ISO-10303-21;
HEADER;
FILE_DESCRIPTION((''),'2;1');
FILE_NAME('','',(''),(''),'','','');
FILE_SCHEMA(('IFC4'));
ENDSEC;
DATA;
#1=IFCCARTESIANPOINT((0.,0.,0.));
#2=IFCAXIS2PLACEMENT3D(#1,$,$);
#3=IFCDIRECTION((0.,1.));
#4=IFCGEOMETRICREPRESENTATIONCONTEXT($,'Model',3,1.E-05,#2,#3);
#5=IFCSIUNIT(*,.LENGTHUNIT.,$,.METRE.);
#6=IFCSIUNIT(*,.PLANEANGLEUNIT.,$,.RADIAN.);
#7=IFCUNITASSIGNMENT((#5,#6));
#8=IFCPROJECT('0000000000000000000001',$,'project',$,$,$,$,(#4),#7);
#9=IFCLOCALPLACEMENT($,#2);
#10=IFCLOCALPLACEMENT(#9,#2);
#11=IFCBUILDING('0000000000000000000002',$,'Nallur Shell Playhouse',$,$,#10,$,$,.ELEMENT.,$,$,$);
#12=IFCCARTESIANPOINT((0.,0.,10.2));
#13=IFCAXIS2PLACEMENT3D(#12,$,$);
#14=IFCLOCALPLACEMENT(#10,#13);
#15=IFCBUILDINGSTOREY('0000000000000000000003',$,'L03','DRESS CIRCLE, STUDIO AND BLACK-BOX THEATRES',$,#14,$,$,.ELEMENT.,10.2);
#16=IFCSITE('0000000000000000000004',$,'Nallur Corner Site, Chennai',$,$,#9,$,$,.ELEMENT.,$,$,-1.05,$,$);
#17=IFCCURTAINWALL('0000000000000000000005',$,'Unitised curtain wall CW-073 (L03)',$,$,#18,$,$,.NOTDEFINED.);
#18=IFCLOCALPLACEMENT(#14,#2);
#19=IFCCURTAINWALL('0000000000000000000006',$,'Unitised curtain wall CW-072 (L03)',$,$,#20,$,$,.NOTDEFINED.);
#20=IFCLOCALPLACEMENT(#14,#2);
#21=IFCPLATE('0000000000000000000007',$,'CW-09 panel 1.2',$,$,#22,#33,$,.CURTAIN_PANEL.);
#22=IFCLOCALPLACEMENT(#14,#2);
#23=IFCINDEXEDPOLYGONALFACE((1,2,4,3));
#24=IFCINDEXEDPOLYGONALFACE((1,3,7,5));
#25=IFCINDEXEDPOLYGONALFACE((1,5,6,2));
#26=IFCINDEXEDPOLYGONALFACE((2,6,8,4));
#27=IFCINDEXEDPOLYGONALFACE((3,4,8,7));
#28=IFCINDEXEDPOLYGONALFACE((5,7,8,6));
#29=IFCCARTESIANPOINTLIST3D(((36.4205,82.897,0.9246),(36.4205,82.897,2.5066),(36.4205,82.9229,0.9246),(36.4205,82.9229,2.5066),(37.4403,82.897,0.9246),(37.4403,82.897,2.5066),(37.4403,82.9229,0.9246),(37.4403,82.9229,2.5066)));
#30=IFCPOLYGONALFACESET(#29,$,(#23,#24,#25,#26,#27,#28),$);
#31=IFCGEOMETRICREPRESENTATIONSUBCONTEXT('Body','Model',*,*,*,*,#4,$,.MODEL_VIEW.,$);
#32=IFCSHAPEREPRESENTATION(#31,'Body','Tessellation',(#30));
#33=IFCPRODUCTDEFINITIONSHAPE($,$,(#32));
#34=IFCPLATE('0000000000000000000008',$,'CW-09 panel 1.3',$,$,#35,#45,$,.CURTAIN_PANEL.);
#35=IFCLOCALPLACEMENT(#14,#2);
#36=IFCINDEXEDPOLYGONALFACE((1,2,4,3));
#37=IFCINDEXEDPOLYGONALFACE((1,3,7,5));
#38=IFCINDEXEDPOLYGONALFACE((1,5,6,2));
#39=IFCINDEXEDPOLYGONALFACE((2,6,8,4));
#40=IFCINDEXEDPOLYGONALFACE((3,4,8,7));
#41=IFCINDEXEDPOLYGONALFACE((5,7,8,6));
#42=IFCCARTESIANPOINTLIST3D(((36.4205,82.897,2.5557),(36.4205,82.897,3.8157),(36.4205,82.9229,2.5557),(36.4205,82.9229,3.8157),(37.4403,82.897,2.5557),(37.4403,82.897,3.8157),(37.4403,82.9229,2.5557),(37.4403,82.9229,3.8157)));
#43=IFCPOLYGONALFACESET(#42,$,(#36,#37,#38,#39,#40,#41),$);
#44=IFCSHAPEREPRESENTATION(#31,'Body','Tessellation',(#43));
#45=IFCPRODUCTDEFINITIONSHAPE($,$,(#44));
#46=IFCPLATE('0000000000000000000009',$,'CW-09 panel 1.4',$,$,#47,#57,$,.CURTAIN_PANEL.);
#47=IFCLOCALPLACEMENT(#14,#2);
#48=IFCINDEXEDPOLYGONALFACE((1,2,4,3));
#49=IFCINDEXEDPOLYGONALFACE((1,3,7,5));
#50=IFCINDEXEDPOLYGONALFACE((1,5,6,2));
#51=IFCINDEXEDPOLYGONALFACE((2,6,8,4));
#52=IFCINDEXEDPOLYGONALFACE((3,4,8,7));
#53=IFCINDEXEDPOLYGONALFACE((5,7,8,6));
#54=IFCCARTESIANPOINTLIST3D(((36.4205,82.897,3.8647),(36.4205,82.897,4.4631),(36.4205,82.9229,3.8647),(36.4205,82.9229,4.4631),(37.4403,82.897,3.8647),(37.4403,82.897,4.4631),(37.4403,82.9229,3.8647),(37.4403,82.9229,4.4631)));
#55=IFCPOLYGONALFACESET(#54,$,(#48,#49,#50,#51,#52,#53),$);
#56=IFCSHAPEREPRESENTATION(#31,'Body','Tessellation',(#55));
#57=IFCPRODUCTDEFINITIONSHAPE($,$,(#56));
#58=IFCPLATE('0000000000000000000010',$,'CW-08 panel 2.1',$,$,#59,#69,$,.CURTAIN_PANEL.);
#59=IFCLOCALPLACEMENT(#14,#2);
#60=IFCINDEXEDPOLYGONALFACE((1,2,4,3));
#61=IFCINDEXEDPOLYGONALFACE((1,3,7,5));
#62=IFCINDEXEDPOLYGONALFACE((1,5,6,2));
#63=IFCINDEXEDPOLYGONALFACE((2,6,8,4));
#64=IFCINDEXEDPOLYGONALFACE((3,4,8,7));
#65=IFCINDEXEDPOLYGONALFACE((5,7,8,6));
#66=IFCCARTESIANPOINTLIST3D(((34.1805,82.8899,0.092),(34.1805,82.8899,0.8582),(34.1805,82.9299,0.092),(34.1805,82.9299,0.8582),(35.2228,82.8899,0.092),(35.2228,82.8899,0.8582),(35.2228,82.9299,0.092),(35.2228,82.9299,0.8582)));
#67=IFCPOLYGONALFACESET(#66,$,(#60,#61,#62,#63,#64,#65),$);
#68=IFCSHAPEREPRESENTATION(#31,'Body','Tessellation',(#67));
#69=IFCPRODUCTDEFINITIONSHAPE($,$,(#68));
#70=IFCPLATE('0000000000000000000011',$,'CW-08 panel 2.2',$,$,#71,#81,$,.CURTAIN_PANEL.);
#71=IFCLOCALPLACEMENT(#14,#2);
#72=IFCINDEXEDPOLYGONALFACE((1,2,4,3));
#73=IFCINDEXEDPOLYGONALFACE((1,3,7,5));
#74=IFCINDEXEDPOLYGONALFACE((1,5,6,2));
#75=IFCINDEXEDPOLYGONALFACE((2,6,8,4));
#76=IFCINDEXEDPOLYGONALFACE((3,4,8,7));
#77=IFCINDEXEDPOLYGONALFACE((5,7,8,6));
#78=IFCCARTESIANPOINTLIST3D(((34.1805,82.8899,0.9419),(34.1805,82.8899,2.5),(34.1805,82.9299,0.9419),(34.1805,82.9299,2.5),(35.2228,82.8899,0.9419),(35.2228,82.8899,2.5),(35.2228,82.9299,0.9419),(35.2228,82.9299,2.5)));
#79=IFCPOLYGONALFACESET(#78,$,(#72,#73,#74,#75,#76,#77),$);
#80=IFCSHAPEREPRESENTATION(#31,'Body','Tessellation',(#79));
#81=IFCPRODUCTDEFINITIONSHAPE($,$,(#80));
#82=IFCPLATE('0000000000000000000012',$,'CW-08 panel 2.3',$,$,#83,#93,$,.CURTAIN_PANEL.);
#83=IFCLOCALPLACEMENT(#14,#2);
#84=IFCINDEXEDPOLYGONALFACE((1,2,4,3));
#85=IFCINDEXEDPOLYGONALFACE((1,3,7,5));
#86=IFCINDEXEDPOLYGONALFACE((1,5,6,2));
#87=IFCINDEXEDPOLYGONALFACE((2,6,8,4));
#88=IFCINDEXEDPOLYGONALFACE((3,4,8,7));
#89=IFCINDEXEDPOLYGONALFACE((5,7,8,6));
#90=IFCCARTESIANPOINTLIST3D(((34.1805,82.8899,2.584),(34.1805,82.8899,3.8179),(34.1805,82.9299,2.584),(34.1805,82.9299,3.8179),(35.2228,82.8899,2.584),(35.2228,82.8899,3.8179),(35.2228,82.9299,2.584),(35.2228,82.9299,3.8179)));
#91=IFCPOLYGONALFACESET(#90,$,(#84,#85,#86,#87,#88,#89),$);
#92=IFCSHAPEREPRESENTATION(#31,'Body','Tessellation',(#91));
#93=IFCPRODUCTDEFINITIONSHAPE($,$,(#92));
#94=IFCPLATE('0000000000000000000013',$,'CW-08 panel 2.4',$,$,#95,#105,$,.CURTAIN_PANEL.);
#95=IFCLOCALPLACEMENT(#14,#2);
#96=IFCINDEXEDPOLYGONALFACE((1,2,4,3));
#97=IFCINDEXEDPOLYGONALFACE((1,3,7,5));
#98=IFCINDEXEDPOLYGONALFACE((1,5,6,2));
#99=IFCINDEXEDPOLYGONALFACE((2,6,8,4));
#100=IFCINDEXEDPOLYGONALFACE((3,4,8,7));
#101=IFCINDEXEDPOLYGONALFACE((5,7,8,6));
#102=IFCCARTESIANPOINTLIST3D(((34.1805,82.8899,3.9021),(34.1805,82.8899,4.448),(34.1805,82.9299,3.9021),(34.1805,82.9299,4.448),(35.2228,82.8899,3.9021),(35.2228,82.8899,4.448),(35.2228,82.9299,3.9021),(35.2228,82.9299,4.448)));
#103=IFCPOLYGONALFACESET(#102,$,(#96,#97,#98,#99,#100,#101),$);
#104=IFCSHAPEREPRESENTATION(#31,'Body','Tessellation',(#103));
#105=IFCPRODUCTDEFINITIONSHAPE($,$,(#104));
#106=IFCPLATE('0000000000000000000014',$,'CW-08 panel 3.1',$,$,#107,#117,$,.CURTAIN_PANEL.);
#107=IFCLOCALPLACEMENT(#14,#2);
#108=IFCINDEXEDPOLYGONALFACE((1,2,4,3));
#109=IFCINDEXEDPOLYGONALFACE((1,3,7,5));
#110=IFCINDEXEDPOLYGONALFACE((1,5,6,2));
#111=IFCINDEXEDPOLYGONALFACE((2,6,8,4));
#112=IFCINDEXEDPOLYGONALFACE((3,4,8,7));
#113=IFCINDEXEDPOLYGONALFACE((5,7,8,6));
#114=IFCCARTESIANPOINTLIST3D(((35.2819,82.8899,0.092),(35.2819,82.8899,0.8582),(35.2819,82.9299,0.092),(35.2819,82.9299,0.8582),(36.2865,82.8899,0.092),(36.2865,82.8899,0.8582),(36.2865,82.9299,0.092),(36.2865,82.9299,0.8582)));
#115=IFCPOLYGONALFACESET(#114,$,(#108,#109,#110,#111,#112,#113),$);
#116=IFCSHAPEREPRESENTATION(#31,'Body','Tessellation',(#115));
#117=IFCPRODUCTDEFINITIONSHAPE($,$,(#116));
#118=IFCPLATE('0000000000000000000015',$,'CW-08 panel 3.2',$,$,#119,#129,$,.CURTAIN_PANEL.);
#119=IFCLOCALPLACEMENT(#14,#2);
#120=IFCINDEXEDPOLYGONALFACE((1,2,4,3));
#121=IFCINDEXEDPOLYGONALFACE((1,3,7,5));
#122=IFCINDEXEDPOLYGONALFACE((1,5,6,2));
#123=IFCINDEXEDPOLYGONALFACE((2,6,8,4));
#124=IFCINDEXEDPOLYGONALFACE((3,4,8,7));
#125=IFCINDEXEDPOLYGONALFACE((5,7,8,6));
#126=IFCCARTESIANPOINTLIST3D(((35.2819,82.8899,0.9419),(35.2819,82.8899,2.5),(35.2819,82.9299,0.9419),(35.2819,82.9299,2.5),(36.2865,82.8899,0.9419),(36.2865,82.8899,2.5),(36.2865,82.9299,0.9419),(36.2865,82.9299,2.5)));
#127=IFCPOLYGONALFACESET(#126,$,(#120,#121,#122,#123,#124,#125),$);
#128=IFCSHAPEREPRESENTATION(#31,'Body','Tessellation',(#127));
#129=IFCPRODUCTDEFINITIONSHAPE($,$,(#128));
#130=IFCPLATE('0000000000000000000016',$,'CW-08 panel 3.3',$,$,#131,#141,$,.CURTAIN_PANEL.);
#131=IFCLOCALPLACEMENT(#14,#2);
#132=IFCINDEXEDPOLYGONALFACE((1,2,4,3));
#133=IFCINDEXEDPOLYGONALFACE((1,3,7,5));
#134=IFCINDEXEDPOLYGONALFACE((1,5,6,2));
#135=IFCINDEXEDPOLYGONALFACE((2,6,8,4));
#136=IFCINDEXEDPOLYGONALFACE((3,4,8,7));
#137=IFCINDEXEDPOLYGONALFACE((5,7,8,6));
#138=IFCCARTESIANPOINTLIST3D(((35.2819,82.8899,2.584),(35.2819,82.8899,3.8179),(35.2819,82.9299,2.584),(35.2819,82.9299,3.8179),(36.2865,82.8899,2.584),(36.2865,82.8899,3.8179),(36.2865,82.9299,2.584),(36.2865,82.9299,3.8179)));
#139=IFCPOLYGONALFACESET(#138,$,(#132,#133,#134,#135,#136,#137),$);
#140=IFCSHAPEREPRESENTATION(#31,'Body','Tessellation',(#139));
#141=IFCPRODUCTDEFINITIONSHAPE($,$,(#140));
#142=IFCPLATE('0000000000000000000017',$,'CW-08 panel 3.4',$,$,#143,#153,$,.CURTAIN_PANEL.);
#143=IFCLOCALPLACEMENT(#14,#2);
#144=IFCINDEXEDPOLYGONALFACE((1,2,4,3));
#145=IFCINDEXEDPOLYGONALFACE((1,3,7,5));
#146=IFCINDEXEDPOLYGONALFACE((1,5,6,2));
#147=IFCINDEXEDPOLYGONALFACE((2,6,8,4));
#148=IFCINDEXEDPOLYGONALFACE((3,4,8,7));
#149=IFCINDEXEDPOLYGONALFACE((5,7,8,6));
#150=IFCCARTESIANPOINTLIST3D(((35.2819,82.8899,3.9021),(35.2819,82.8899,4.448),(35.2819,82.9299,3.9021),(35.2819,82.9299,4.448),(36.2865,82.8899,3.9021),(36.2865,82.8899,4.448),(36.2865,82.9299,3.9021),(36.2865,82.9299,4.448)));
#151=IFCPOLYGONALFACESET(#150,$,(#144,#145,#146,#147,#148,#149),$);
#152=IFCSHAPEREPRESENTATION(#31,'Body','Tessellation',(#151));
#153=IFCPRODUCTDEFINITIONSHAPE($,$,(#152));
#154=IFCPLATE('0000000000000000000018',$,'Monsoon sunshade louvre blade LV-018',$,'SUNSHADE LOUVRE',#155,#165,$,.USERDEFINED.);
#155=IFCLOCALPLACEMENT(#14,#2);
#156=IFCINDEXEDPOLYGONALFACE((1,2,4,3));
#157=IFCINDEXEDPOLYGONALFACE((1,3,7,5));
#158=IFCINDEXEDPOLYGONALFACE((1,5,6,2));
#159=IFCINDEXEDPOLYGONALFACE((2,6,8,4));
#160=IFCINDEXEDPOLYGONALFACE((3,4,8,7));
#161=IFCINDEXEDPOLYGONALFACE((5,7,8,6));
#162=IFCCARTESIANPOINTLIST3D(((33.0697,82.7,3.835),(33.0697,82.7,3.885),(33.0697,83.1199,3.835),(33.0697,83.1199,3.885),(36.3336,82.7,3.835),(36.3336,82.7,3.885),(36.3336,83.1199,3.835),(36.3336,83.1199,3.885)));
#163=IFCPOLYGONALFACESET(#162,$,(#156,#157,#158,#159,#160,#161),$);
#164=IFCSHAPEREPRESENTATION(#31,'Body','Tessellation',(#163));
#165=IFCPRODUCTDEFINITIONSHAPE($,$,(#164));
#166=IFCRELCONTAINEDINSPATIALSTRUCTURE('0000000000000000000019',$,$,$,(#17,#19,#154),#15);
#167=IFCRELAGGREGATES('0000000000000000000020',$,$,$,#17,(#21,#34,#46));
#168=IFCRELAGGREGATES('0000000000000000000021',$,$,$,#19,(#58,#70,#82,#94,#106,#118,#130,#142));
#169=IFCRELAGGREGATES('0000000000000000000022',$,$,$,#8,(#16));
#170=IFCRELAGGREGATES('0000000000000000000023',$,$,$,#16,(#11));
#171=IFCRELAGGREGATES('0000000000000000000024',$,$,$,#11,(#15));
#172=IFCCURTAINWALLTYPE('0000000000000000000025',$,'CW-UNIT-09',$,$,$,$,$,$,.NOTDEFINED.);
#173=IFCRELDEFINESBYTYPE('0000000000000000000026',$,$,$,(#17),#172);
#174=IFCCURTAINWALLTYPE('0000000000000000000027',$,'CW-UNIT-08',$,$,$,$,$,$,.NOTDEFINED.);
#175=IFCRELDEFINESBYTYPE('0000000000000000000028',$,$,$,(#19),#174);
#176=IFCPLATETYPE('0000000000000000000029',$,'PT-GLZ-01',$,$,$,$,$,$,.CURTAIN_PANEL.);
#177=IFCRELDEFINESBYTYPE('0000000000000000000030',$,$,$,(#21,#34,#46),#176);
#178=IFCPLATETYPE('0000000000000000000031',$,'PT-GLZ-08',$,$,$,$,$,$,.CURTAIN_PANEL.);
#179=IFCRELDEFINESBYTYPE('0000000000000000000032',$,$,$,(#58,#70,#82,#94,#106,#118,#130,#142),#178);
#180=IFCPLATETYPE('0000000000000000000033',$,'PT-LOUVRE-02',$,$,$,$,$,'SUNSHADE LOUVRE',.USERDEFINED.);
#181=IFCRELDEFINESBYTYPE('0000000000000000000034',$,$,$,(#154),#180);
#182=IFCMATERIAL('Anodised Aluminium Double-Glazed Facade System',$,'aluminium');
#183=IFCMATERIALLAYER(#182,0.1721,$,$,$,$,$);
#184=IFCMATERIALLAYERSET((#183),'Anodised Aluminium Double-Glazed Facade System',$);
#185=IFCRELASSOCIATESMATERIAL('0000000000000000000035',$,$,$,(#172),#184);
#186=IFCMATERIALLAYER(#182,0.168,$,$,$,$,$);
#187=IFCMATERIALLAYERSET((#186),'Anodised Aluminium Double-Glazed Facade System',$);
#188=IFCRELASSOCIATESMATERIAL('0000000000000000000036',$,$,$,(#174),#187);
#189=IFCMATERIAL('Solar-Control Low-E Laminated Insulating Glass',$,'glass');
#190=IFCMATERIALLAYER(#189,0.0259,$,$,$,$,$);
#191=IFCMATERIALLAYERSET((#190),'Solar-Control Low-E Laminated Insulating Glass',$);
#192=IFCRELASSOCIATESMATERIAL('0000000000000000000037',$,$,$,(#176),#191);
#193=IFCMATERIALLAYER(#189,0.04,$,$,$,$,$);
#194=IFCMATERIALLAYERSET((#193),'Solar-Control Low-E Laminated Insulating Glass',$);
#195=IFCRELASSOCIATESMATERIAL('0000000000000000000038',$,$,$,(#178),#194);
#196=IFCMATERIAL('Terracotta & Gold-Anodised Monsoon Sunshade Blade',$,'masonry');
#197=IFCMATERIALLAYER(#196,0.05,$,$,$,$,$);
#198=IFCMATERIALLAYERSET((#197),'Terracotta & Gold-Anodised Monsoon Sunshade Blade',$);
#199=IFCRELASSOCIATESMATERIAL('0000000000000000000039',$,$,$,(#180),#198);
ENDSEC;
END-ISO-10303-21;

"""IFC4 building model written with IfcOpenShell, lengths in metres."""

from ifc_helpers import new_model, si_unit, direction, frame, origin, origin_2d, place, context, subcontext, project, spatial, rectangle, extrude, material, layer, layer_set, type_object, element, aggregate, save


model = new_model("IFC4")

# Units and contexts
model_context = context("Model", 3, precision=1e-05, world=origin(), true_north=direction((0.0, 1.0)))
body_context = subcontext(model_context, "Body", "Model", "MODEL_VIEW")
ifc_project = project(units=[si_unit("LENGTHUNIT", "METRE"), si_unit("PLANEANGLEUNIT", "RADIAN")], contexts=[model_context])

# Site, building, storey
site_placement = place(None, origin())
site = spatial("IfcSite", under=ifc_project, at=site_placement, Name="Nallur Corner Site, Chennai", CompositionType="ELEMENT", RefElevation=-1.05)
building_placement = place(site_placement, origin())
building = spatial("IfcBuilding", under=site, at=building_placement, Name="Nallur Shell Playhouse", CompositionType="ELEMENT")
storey_placement = place(building_placement, frame((0.0, 0.0, 10.2)))
storey = spatial("IfcBuildingStorey", under=building, at=storey_placement, Name="L03", Description="DRESS CIRCLE, STUDIO AND BLACK-BOX THEATRES", CompositionType="ELEMENT", Elevation=10.2)

# Curtain wall
ifc_material_1 = material(Name="Anodised Aluminium Double-Glazed Facade System", Category="aluminium")
ifc_layer_1 = layer(ifc_material_1, 0.1721)
ifc_layer_set_1 = layer_set([ifc_layer_1], Name="Anodised Aluminium Double-Glazed Facade System")
curtain_wall_type_1 = type_object("IfcCurtainWallType", Name="CW-UNIT-09", PredefinedType="NOTDEFINED", material=ifc_layer_set_1)
curtain_wall_1_placement = place(storey_placement, origin())
curtain_wall_1 = element("IfcCurtainWall", 1, at=curtain_wall_1_placement, inside=storey, type_object=curtain_wall_type_1, Name="Unitised curtain wall CW-073 (L03)", PredefinedType="NOTDEFINED")

# Curtain wall
ifc_layer_2 = layer(ifc_material_1, 0.168)
ifc_layer_set_2 = layer_set([ifc_layer_2], Name="Anodised Aluminium Double-Glazed Facade System")
curtain_wall_type_2 = type_object("IfcCurtainWallType", Name="CW-UNIT-08", PredefinedType="NOTDEFINED", material=ifc_layer_set_2)
curtain_wall_2_placement = place(storey_placement, origin())
curtain_wall_2 = element("IfcCurtainWall", 2, at=curtain_wall_2_placement, inside=storey, type_object=curtain_wall_type_2, Name="Unitised curtain wall CW-072 (L03)", PredefinedType="NOTDEFINED")

# Plates
ifc_material_2 = material(Name="Solar-Control Low-E Laminated Insulating Glass", Category="glass")
ifc_layer_3 = layer(ifc_material_2, 0.0259)
ifc_layer_set_3 = layer_set([ifc_layer_3], Name="Solar-Control Low-E Laminated Insulating Glass")
plate_type_1 = type_object("IfcPlateType", Name="PT-GLZ-01", PredefinedType="CURTAIN_PANEL", material=ifc_layer_set_3)
plate_1_placement = place(storey_placement, frame((36.9304, 82.9099, 0.9246), z_axis=(0.0, 0.0, 1.0), x_axis=(1.0, 0.0, 0.0)))
plate_1 = element("IfcPlate", 3, at=plate_1_placement, type_object=plate_type_1, Name="CW-09 panel 1.2", PredefinedType="CURTAIN_PANEL", context=body_context, shape_type="SweptSolid", body=[
    extrude(rectangle(XDim=1.0198, YDim=0.0259, at=origin_2d()), origin(), (0.0, 0.0, 1.0), 1.582),
])
plate_2_placement = place(storey_placement, frame((36.9304, 82.9099, 2.5557), z_axis=(0.0, 0.0, 1.0), x_axis=(1.0, 0.0, 0.0)))
plate_2 = element("IfcPlate", 4, at=plate_2_placement, type_object=plate_type_1, Name="CW-09 panel 1.3", PredefinedType="CURTAIN_PANEL", context=body_context, shape_type="SweptSolid", body=[
    extrude(rectangle(XDim=1.0198, YDim=0.0259, at=origin_2d()), origin(), (0.0, 0.0, 1.0), 1.26),
])
plate_3_placement = place(storey_placement, frame((36.9304, 82.9099, 3.8647), z_axis=(0.0, 0.0, 1.0), x_axis=(1.0, 0.0, 0.0)))
plate_3 = element("IfcPlate", 5, at=plate_3_placement, type_object=plate_type_1, Name="CW-09 panel 1.4", PredefinedType="CURTAIN_PANEL", context=body_context, shape_type="SweptSolid", body=[
    extrude(rectangle(XDim=1.0198, YDim=0.0259, at=origin_2d()), origin(), (0.0, 0.0, 1.0), 0.5984),
])
aggregate(curtain_wall_1, [plate_1, plate_2, plate_3])
ifc_layer_4 = layer(ifc_material_2, 0.04)
ifc_layer_set_4 = layer_set([ifc_layer_4], Name="Solar-Control Low-E Laminated Insulating Glass")
plate_type_2 = type_object("IfcPlateType", Name="PT-GLZ-08", PredefinedType="CURTAIN_PANEL", material=ifc_layer_set_4)
plate_4_placement = place(storey_placement, frame((34.7017, 82.9099, 0.092), z_axis=(0.0, 0.0, 1.0), x_axis=(1.0, 0.0, 0.0)))
plate_4 = element("IfcPlate", 6, at=plate_4_placement, type_object=plate_type_2, Name="CW-08 panel 2.1", PredefinedType="CURTAIN_PANEL", context=body_context, shape_type="SweptSolid", body=[
    extrude(rectangle(XDim=1.0422, YDim=0.04, at=origin_2d()), origin(), (0.0, 0.0, 1.0), 0.7661),
])
plate_5_placement = place(storey_placement, frame((34.7017, 82.9099, 0.9419), z_axis=(0.0, 0.0, 1.0), x_axis=(1.0, 0.0, 0.0)))
plate_5 = element("IfcPlate", 7, at=plate_5_placement, type_object=plate_type_2, Name="CW-08 panel 2.2", PredefinedType="CURTAIN_PANEL", context=body_context, shape_type="SweptSolid", body=[
    extrude(rectangle(XDim=1.0422, YDim=0.04, at=origin_2d()), origin(), (0.0, 0.0, 1.0), 1.5581),
])
plate_6_placement = place(storey_placement, frame((34.7017, 82.9099, 2.584), z_axis=(0.0, 0.0, 1.0), x_axis=(1.0, 0.0, 0.0)))
plate_6 = element("IfcPlate", 8, at=plate_6_placement, type_object=plate_type_2, Name="CW-08 panel 2.3", PredefinedType="CURTAIN_PANEL", context=body_context, shape_type="SweptSolid", body=[
    extrude(rectangle(XDim=1.0422, YDim=0.04, at=origin_2d()), origin(), (0.0, 0.0, 1.0), 1.2339),
])
plate_7_placement = place(storey_placement, frame((34.7017, 82.9099, 3.9021), z_axis=(0.0, 0.0, 1.0), x_axis=(1.0, 0.0, 0.0)))
plate_7 = element("IfcPlate", 9, at=plate_7_placement, type_object=plate_type_2, Name="CW-08 panel 2.4", PredefinedType="CURTAIN_PANEL", context=body_context, shape_type="SweptSolid", body=[
    extrude(rectangle(XDim=1.0422, YDim=0.04, at=origin_2d()), origin(), (0.0, 0.0, 1.0), 0.5459),
])
plate_8_placement = place(storey_placement, frame((35.7842, 82.9099, 0.092), z_axis=(0.0, 0.0, 1.0), x_axis=(1.0, 0.0, 0.0)))
plate_8 = element("IfcPlate", 10, at=plate_8_placement, type_object=plate_type_2, Name="CW-08 panel 3.1", PredefinedType="CURTAIN_PANEL", context=body_context, shape_type="SweptSolid", body=[
    extrude(rectangle(XDim=1.0046, YDim=0.04, at=origin_2d()), origin(), (0.0, 0.0, 1.0), 0.7661),
])
plate_9_placement = place(storey_placement, frame((35.7842, 82.9099, 0.9419), z_axis=(0.0, 0.0, 1.0), x_axis=(1.0, 0.0, 0.0)))
plate_9 = element("IfcPlate", 11, at=plate_9_placement, type_object=plate_type_2, Name="CW-08 panel 3.2", PredefinedType="CURTAIN_PANEL", context=body_context, shape_type="SweptSolid", body=[
    extrude(rectangle(XDim=1.0046, YDim=0.04, at=origin_2d()), origin(), (0.0, 0.0, 1.0), 1.5581),
])
plate_10_placement = place(storey_placement, frame((35.7842, 82.9099, 2.584), z_axis=(0.0, 0.0, 1.0), x_axis=(1.0, 0.0, 0.0)))
plate_10 = element("IfcPlate", 12, at=plate_10_placement, type_object=plate_type_2, Name="CW-08 panel 3.3", PredefinedType="CURTAIN_PANEL", context=body_context, shape_type="SweptSolid", body=[
    extrude(rectangle(XDim=1.0046, YDim=0.04, at=origin_2d()), origin(), (0.0, 0.0, 1.0), 1.2339),
])
plate_11_placement = place(storey_placement, frame((35.7842, 82.9099, 3.9021), z_axis=(0.0, 0.0, 1.0), x_axis=(1.0, 0.0, 0.0)))
plate_11 = element("IfcPlate", 13, at=plate_11_placement, type_object=plate_type_2, Name="CW-08 panel 3.4", PredefinedType="CURTAIN_PANEL", context=body_context, shape_type="SweptSolid", body=[
    extrude(rectangle(XDim=1.0046, YDim=0.04, at=origin_2d()), origin(), (0.0, 0.0, 1.0), 0.5459),
])
aggregate(curtain_wall_2, [plate_4, plate_5, plate_6, plate_7, plate_8, plate_9, plate_10, plate_11])
ifc_material_3 = material(Name="Terracotta & Gold-Anodised Monsoon Sunshade Blade", Category="masonry")
ifc_layer_5 = layer(ifc_material_3, 0.05)
ifc_layer_set_5 = layer_set([ifc_layer_5], Name="Terracotta & Gold-Anodised Monsoon Sunshade Blade")
plate_type_3 = type_object("IfcPlateType", Name="PT-LOUVRE-02", ElementType="SUNSHADE LOUVRE", PredefinedType="USERDEFINED", material=ifc_layer_set_5)
plate_12_placement = place(storey_placement, frame((34.7017, 82.9099, 3.835), z_axis=(0.0, 0.0, 1.0), x_axis=(1.0, 0.0, 0.0)))
element("IfcPlate", 14, at=plate_12_placement, inside=storey, type_object=plate_type_3, Name="Monsoon sunshade louvre blade LV-018", ObjectType="SUNSHADE LOUVRE", PredefinedType="USERDEFINED", context=body_context, shape_type="SweptSolid", body=[
    extrude(rectangle(XDim=3.2639, YDim=0.4199, at=origin_2d()), origin(), (0.0, 0.0, 1.0), 0.05),
])

save(model, "model.ifc")
